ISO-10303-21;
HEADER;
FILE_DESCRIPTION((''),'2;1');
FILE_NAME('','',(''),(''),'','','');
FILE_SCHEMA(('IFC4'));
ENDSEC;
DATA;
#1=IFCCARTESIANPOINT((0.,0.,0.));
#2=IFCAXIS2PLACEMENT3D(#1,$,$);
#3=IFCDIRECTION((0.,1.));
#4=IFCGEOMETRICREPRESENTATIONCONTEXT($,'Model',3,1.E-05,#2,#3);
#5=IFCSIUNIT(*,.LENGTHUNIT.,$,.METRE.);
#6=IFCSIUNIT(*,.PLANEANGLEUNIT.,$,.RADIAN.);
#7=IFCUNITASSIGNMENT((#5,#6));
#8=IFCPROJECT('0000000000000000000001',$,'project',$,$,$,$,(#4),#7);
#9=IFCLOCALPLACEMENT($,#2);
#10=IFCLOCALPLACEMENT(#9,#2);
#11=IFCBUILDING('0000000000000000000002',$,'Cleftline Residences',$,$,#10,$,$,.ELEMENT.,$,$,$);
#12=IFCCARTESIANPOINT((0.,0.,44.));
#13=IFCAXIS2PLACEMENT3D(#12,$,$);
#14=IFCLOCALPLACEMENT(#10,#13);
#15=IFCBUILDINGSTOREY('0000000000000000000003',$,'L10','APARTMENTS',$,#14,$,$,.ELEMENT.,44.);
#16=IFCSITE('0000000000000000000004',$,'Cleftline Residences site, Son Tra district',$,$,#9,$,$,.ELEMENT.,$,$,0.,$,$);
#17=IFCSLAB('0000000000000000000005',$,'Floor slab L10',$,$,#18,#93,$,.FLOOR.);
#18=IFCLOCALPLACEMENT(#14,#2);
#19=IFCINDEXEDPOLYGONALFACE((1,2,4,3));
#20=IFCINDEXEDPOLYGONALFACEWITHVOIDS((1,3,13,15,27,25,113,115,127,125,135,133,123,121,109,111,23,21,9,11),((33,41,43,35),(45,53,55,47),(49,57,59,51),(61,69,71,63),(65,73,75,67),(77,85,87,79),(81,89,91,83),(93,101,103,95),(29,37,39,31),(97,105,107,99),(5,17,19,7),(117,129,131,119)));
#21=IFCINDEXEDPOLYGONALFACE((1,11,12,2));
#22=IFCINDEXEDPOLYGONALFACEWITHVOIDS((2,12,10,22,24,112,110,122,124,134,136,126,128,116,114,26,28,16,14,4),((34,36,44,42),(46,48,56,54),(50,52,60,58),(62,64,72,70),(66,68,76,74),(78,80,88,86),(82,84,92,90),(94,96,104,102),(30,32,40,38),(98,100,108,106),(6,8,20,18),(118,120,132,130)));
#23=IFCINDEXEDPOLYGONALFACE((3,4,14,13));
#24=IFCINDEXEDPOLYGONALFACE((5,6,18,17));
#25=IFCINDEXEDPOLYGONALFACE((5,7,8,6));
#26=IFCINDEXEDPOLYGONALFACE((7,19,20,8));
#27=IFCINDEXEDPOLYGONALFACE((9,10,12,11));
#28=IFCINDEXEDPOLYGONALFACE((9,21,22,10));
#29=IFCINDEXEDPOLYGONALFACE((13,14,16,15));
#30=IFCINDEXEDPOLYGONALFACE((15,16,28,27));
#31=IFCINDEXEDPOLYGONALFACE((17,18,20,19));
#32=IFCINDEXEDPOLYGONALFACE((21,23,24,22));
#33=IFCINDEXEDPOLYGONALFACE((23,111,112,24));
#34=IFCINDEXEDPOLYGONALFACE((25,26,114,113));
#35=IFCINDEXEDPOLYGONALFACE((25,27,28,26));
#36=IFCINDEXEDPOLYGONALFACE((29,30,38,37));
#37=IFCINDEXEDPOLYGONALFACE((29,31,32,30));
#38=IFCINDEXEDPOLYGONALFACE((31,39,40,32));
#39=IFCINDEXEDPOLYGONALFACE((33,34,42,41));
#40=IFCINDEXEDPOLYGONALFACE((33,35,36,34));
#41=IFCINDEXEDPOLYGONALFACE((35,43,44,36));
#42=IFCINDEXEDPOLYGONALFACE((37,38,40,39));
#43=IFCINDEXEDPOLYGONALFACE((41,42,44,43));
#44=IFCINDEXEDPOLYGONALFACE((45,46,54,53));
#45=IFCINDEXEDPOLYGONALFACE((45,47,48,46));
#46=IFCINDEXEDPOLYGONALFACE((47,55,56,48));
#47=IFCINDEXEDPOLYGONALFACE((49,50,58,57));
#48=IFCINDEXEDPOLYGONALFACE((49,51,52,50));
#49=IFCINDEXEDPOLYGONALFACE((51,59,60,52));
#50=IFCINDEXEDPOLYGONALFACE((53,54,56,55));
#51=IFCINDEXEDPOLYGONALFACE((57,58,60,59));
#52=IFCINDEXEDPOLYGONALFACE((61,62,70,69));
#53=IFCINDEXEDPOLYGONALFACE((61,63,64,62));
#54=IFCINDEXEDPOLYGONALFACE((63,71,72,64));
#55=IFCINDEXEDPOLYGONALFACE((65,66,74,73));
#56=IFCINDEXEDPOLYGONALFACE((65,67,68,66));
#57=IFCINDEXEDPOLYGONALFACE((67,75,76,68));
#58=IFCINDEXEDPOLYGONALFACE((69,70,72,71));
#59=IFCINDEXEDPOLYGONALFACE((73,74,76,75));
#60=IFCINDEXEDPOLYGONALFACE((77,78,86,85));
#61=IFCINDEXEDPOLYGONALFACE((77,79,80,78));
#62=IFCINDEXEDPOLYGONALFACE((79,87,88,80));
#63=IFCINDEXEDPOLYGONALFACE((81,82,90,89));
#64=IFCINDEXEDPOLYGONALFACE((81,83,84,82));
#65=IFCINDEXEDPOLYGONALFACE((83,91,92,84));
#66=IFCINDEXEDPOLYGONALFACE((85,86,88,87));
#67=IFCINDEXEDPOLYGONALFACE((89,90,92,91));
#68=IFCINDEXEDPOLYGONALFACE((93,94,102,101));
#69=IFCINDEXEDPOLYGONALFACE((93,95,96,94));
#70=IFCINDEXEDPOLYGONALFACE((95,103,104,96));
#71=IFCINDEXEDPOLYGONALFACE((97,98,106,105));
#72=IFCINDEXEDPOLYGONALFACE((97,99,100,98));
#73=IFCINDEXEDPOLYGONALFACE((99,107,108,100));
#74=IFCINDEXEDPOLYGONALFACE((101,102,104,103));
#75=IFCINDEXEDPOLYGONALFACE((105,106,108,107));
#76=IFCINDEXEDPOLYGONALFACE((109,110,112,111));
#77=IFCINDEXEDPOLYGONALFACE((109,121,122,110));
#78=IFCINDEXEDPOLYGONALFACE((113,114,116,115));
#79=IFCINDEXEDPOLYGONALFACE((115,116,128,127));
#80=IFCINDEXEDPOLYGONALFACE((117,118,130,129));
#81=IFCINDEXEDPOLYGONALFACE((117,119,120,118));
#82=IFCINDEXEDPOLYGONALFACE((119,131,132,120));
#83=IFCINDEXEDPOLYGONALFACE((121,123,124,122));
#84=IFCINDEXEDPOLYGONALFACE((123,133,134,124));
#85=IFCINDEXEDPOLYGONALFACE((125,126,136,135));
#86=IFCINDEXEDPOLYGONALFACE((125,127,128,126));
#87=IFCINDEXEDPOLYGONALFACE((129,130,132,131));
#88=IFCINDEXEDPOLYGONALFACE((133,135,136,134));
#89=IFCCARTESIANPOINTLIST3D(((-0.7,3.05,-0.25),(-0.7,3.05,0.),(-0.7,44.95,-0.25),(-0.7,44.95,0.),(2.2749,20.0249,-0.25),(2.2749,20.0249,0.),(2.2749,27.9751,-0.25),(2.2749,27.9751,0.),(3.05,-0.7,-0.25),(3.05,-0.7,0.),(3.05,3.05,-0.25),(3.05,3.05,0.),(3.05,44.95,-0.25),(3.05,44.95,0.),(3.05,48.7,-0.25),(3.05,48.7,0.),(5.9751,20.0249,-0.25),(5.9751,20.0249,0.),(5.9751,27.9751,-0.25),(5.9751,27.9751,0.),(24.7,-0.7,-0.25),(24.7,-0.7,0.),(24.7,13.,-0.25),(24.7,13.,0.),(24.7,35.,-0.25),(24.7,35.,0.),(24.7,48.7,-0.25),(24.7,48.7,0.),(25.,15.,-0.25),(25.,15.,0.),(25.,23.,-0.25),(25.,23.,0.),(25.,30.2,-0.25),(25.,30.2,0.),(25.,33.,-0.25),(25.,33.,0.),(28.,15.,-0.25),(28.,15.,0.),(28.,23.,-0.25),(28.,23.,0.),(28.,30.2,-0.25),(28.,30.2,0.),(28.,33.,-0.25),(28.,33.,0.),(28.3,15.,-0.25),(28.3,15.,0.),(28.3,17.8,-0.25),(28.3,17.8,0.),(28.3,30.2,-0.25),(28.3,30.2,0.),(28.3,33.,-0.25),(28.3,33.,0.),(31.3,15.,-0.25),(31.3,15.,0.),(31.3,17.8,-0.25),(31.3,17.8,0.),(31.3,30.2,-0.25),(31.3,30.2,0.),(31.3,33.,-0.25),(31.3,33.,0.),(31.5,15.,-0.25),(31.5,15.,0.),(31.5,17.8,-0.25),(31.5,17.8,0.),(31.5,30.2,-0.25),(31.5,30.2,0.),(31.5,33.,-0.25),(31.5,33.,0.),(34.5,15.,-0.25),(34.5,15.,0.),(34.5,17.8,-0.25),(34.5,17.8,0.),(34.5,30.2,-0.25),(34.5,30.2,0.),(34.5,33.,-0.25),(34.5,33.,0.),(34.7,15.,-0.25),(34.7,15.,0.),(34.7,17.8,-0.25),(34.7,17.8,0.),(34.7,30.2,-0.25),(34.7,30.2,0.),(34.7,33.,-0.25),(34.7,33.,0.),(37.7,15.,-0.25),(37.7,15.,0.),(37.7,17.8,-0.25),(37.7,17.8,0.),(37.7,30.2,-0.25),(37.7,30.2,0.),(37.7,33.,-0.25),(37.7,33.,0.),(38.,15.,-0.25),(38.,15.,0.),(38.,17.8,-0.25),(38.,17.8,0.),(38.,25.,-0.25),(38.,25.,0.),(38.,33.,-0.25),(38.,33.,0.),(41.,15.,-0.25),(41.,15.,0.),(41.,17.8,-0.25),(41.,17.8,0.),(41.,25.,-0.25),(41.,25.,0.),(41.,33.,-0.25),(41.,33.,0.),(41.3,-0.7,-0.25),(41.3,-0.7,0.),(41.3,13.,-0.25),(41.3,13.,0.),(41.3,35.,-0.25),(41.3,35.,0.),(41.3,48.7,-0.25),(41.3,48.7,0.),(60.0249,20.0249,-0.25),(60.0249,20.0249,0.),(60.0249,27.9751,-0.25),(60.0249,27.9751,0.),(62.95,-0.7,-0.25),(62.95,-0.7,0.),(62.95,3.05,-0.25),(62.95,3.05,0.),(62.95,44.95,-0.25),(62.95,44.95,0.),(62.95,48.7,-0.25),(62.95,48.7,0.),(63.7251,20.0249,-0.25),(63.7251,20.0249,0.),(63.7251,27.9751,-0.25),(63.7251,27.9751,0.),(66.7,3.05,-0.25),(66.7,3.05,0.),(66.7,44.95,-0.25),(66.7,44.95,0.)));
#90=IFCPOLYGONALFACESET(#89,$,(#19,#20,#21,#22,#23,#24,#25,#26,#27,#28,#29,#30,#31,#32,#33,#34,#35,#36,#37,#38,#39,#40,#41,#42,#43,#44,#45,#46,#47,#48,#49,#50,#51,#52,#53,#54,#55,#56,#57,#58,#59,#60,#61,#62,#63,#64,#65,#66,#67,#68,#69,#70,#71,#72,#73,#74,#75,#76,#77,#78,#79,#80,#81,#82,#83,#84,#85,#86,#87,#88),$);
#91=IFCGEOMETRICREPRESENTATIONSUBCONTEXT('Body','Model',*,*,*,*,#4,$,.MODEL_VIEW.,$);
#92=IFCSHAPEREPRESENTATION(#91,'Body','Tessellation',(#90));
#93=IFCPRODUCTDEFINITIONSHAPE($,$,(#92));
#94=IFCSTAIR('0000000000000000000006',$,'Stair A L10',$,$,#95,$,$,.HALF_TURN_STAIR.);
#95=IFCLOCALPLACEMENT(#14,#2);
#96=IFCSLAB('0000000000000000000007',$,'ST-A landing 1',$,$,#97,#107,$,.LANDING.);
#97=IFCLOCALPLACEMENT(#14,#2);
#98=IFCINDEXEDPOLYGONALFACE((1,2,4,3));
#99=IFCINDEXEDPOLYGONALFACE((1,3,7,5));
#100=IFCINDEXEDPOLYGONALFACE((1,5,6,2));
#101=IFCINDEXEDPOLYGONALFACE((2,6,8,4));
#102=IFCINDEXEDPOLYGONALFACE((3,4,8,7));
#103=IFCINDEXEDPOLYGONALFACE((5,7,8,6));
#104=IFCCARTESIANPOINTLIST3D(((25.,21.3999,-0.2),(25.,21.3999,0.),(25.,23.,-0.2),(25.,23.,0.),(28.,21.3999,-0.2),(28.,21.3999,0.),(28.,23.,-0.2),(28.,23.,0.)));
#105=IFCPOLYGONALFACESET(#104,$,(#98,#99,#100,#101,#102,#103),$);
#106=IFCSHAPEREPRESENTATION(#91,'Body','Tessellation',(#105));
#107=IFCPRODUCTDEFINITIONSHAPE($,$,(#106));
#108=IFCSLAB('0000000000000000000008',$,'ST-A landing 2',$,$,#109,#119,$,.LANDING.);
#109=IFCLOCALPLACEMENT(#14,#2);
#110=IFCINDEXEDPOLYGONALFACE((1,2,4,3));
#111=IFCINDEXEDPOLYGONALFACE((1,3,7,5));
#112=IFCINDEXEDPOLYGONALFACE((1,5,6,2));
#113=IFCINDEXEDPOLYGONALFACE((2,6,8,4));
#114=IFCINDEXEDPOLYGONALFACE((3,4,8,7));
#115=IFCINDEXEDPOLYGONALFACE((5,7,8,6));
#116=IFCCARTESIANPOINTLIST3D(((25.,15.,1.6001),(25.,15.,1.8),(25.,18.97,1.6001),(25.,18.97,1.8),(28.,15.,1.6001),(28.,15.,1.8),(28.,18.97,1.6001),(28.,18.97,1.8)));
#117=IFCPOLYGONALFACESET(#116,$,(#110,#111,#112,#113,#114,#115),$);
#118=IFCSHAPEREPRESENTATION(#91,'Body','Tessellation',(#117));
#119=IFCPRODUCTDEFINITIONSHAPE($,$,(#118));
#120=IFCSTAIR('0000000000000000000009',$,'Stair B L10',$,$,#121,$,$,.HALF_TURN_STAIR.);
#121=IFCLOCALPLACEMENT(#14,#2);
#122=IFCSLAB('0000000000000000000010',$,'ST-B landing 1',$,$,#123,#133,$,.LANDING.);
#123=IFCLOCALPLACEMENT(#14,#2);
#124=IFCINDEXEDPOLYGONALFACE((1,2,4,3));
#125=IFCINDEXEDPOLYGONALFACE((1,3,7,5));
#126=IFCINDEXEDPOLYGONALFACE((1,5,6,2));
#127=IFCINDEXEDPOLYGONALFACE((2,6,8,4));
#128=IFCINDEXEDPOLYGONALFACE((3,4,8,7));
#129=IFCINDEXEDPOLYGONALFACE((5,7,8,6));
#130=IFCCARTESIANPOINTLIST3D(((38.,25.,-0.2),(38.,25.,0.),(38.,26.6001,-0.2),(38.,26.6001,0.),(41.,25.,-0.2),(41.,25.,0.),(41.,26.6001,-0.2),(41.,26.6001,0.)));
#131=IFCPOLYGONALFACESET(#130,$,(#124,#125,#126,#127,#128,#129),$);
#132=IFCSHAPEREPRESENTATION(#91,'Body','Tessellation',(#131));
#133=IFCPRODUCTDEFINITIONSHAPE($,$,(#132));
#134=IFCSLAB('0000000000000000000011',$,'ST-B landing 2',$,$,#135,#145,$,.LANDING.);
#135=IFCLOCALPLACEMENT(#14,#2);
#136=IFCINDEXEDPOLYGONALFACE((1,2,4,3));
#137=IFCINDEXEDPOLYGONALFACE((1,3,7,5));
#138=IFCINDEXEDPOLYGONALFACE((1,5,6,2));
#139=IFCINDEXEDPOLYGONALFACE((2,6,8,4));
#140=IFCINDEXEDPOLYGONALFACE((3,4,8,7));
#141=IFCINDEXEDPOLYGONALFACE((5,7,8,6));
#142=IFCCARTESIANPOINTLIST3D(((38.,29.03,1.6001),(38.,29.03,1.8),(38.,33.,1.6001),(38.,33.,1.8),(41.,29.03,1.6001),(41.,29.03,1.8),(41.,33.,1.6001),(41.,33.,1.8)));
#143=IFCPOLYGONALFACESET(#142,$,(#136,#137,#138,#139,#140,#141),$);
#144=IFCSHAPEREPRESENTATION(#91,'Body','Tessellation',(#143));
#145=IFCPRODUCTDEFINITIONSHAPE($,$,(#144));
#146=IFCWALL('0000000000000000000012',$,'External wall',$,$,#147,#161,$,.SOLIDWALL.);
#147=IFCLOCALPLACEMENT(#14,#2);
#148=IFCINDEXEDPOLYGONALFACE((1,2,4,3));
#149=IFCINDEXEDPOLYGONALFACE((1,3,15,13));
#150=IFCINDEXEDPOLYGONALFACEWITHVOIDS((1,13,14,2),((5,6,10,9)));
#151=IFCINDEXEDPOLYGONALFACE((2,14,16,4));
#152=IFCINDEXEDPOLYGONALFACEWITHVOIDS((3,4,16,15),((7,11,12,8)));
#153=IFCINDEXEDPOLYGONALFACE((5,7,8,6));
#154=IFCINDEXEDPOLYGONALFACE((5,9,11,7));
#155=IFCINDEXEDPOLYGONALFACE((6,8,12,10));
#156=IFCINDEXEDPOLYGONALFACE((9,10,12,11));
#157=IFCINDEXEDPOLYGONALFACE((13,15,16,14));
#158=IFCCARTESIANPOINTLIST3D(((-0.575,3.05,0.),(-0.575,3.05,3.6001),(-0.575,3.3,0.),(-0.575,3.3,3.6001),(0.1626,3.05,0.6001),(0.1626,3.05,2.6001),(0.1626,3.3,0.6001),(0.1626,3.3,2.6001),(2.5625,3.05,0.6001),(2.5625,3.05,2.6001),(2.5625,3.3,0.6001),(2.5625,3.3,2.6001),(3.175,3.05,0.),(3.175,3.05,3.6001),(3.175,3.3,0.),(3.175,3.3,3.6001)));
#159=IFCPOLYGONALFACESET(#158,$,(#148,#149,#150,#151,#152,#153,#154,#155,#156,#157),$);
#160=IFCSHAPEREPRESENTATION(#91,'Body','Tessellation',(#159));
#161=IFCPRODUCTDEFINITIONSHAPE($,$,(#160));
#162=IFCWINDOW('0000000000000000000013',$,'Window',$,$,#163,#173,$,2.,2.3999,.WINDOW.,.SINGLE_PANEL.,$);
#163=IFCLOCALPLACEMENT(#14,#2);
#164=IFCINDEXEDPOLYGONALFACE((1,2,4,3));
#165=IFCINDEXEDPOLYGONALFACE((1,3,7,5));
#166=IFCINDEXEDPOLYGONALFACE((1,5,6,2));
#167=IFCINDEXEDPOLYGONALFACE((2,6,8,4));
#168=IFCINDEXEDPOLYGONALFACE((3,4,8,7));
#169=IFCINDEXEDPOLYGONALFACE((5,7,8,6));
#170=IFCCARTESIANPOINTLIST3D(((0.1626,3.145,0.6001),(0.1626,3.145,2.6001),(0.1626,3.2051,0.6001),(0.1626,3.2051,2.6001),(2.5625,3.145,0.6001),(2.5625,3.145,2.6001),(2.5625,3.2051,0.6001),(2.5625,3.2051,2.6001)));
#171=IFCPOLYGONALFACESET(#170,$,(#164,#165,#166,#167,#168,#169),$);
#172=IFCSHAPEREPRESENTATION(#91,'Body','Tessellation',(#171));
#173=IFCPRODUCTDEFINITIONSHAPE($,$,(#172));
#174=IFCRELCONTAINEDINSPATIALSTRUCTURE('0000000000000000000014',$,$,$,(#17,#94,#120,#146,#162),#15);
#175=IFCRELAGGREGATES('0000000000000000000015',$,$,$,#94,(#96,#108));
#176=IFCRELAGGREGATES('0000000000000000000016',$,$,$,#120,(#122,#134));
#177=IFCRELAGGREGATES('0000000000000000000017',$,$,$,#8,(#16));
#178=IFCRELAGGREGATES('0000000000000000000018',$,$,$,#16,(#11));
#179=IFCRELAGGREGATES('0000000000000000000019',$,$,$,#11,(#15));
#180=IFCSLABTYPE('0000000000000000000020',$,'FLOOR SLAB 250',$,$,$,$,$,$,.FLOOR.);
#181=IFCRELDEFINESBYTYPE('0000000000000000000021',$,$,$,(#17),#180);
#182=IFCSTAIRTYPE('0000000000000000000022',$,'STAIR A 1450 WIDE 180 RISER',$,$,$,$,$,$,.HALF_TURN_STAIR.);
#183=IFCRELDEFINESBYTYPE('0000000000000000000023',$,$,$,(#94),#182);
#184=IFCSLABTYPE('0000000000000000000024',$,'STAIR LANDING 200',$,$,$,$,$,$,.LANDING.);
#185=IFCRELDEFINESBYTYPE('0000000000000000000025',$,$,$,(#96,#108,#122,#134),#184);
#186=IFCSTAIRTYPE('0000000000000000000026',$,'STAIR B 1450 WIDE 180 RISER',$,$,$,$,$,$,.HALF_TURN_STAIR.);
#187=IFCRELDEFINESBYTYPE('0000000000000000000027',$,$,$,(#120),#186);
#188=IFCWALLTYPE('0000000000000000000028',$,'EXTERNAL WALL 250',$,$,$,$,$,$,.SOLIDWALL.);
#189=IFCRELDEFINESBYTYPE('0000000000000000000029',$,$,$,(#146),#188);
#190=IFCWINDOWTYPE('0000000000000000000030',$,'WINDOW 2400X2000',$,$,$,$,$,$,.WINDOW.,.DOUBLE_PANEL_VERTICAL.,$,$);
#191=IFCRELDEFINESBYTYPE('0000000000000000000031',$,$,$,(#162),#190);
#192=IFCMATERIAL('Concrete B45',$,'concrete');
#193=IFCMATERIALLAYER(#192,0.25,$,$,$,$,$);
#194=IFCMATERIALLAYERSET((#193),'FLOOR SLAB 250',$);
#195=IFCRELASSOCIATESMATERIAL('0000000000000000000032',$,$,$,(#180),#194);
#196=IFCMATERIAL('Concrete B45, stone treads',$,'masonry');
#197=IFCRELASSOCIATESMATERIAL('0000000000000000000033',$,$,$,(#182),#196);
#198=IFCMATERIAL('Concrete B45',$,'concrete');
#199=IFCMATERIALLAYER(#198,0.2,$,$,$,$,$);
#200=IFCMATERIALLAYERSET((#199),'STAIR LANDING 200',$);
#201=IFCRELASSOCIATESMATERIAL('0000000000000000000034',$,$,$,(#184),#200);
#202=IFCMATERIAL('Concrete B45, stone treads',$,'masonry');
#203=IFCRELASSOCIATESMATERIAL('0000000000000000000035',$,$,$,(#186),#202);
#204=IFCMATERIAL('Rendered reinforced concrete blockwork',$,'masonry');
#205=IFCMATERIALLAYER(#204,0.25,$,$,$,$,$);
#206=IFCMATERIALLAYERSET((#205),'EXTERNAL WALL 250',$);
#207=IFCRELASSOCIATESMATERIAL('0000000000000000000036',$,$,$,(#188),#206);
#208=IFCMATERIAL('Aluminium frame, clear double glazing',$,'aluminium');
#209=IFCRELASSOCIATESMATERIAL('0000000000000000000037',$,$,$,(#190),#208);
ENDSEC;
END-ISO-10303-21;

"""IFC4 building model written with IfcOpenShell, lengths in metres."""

from ifc_helpers import new_model, si_unit, direction, frame, frame_2d, origin, place, context, subcontext, project, spatial, polyline, rectangle, outline, extrude, material, layer, layer_set, type_object, element, fill, aggregate, save


model = new_model("IFC4")

# Units and contexts
model_context = context("Model", 3, precision=1e-05, world=origin(), true_north=direction((0.0, 1.0)))
body_context = subcontext(model_context, "Body", "Model", "MODEL_VIEW")
ifc_project = project(units=[si_unit("LENGTHUNIT", "METRE"), si_unit("PLANEANGLEUNIT", "RADIAN")], contexts=[model_context])

# Site, building, storey
site_placement = place(None, origin())
site = spatial("IfcSite", under=ifc_project, at=site_placement, Name="Cleftline Residences site, Son Tra district", CompositionType="ELEMENT", RefElevation=0.0)
building_placement = place(site_placement, origin())
building = spatial("IfcBuilding", under=site, at=building_placement, Name="Cleftline Residences", CompositionType="ELEMENT")
storey_placement = place(building_placement, frame((0.0, 0.0, 44.0)))
storey = spatial("IfcBuildingStorey", under=building, at=storey_placement, Name="L10", Description="APARTMENTS", CompositionType="ELEMENT", Elevation=44.0)

# Slab
ifc_material_1 = material(Name="Concrete B45", Category="concrete")
ifc_layer_1 = layer(ifc_material_1, 0.25)
ifc_layer_set_1 = layer_set([ifc_layer_1], Name="FLOOR SLAB 250")
slab_type_1 = type_object("IfcSlabType", Name="FLOOR SLAB 250", PredefinedType="FLOOR", material=ifc_layer_set_1)
slab_1_placement = place(storey_placement, frame((0.0, 0.0, -0.25)))
element("IfcSlab", 1, at=slab_1_placement, inside=storey, type_object=slab_type_1, Name="Floor slab L10", PredefinedType="FLOOR", context=body_context, shape_type="SweptSolid", body=[
    extrude(outline(polyline([(24.7, 13.0), (41.3, 13.0), (41.3, -0.7), (62.95, -0.7), (62.95, 3.05), (66.7, 3.05), (66.7, 44.95), (62.95, 44.95), (62.95, 48.7), (41.3, 48.7), (41.3, 35.0), (24.7, 35.0), (24.7, 48.7), (3.05, 48.7), (3.05, 44.95), (-0.7, 44.95), (-0.7, 3.05), (3.05, 3.05), (3.05, -0.7), (24.7, -0.7), (24.7, 13.0)]), holes=[polyline([(28.0, 15.0), (28.0, 23.0), (25.0, 23.0), (25.0, 15.0), (28.0, 15.0)]), polyline([(41.0, 25.0), (41.0, 33.0), (38.0, 33.0), (38.0, 25.0), (41.0, 25.0)]), polyline([(28.0, 30.2), (28.0, 33.0), (25.0, 33.0), (25.0, 30.2), (28.0, 30.2)]), polyline([(41.0, 15.0), (41.0, 17.8), (38.0, 17.8), (38.0, 15.0), (41.0, 15.0)]), polyline([(31.3, 15.0), (31.3, 17.8), (28.3, 17.8), (28.3, 15.0), (31.3, 15.0)]), polyline([(34.5, 15.0), (34.5, 17.8), (31.5, 17.8), (31.5, 15.0), (34.5, 15.0)]), polyline([(37.7, 15.0), (37.7, 17.8), (34.7, 17.8), (34.7, 15.0), (37.7, 15.0)]), polyline([(31.3, 30.2), (31.3, 33.0), (28.3, 33.0), (28.3, 30.2), (31.3, 30.2)]), polyline([(34.5, 30.2), (34.5, 33.0), (31.5, 33.0), (31.5, 30.2), (34.5, 30.2)]), polyline([(37.7, 30.2), (37.7, 33.0), (34.7, 33.0), (34.7, 30.2), (37.7, 30.2)]), polyline([(63.7251, 20.0249), (63.7251, 27.9751), (60.0249, 27.9751), (60.0249, 20.0249), (63.7251, 20.0249)]), polyline([(5.9751, 20.0249), (5.9751, 27.9751), (2.2749, 27.9751), (2.2749, 20.0249), (5.9751, 20.0249)])]), origin(), (0.0, 0.0, 1.0), 0.25),
])

# Stairs, slabs
ifc_material_2 = material(Name="Concrete B45, stone treads", Category="masonry")
stair_type_1 = type_object("IfcStairType", Name="STAIR A 1450 WIDE 180 RISER", PredefinedType="HALF_TURN_STAIR", material=ifc_material_2)
stair_1_placement = place(storey_placement, origin())
stair_1 = element("IfcStair", 2, at=stair_1_placement, inside=storey, type_object=stair_type_1, Name="Stair A L10", PredefinedType="HALF_TURN_STAIR")
ifc_material_3 = material(Name="Concrete B45", Category="concrete")
ifc_layer_2 = layer(ifc_material_3, 0.2)
ifc_layer_set_2 = layer_set([ifc_layer_2], Name="STAIR LANDING 200")
slab_type_2 = type_object("IfcSlabType", Name="STAIR LANDING 200", PredefinedType="LANDING", material=ifc_layer_set_2)
slab_2_placement = place(storey_placement, frame((0.0, 0.0, -0.2)))
slab_2 = element("IfcSlab", 3, at=slab_2_placement, type_object=slab_type_2, Name="ST-A landing 1", PredefinedType="LANDING", context=body_context, shape_type="SweptSolid", body=[
    extrude(outline(polyline([(25.0, 21.3999), (28.0, 21.3999), (28.0, 23.0), (25.0, 23.0), (25.0, 21.3999)])), origin(), (0.0, 0.0, 1.0), 0.2),
])
slab_3_placement = place(storey_placement, frame((0.0, 0.0, 1.6001)))
slab_3 = element("IfcSlab", 4, at=slab_3_placement, type_object=slab_type_2, Name="ST-A landing 2", PredefinedType="LANDING", context=body_context, shape_type="SweptSolid", body=[
    extrude(outline(polyline([(25.0, 15.0), (28.0, 15.0), (28.0, 18.97), (25.0, 18.97), (25.0, 15.0)])), origin(), (0.0, 0.0, 1.0), 0.2),
])
aggregate(stair_1, [slab_2, slab_3])
ifc_material_4 = material(Name="Concrete B45, stone treads", Category="masonry")
stair_type_2 = type_object("IfcStairType", Name="STAIR B 1450 WIDE 180 RISER", PredefinedType="HALF_TURN_STAIR", material=ifc_material_4)
stair_2_placement = place(storey_placement, origin())
stair_2 = element("IfcStair", 5, at=stair_2_placement, inside=storey, type_object=stair_type_2, Name="Stair B L10", PredefinedType="HALF_TURN_STAIR")
slab_4_placement = place(storey_placement, frame((0.0, 0.0, -0.2)))
slab_4 = element("IfcSlab", 6, at=slab_4_placement, type_object=slab_type_2, Name="ST-B landing 1", PredefinedType="LANDING", context=body_context, shape_type="SweptSolid", body=[
    extrude(outline(polyline([(38.0, 25.0), (41.0, 25.0), (41.0, 26.6001), (38.0, 26.6001), (38.0, 25.0)])), origin(), (0.0, 0.0, 1.0), 0.2),
])
slab_5_placement = place(storey_placement, frame((0.0, 0.0, 1.6001)))
slab_5 = element("IfcSlab", 7, at=slab_5_placement, type_object=slab_type_2, Name="ST-B landing 2", PredefinedType="LANDING", context=body_context, shape_type="SweptSolid", body=[
    extrude(outline(polyline([(38.0, 29.03), (41.0, 29.03), (41.0, 33.0), (38.0, 33.0), (38.0, 29.03)])), origin(), (0.0, 0.0, 1.0), 0.2),
])
aggregate(stair_2, [slab_4, slab_5])

# Wall, opening, window
ifc_material_5 = material(Name="Rendered reinforced concrete blockwork", Category="masonry")
ifc_layer_3 = layer(ifc_material_5, 0.25)
ifc_layer_set_3 = layer_set([ifc_layer_3], Name="EXTERNAL WALL 250")
wall_type = type_object("IfcWallType", Name="EXTERNAL WALL 250", PredefinedType="SOLIDWALL", material=ifc_layer_set_3)
wall_placement = place(storey_placement, frame((-0.575, 3.175, 0.0), z_axis=(0.0, 0.0, 1.0), x_axis=(1.0, 0.0, 0.0)))
wall = element("IfcWall", 8, at=wall_placement, inside=storey, type_object=wall_type, Name="External wall", PredefinedType="SOLIDWALL", context=body_context, shape_type="SweptSolid", body=[
    extrude(rectangle(XDim=3.75, YDim=0.25, at=frame_2d((1.875, 0.0))), origin(), (0.0, 0.0, 1.0), 3.6001),
])
opening_placement = place(wall_placement, frame((0.7375, 0.0, 0.6001)))
opening = element("IfcOpeningElement", 9, at=opening_placement, cuts=wall, PredefinedType="OPENING", context=body_context, shape_type="SweptSolid", body=[
    extrude(rectangle(XDim=2.3999, YDim=2.0, at=frame_2d((1.2, 1.0))), frame((0.0, 0.135, 0.0), z_axis=(0.0, -1.0, 0.0), x_axis=(1.0, 0.0, 0.0)), (0.0, 0.0, 1.0), 0.27),
])
ifc_material_6 = material(Name="Aluminium frame, clear double glazing", Category="aluminium")
window_type = type_object("IfcWindowType", Name="WINDOW 2400X2000", PartitioningType="DOUBLE_PANEL_VERTICAL", PredefinedType="WINDOW", material=ifc_material_6)
window_placement = place(opening_placement, origin())
window = element("IfcWindow", 10, at=window_placement, inside=storey, type_object=window_type, Name="Window", OverallHeight=2.0, OverallWidth=2.3999, PartitioningType="SINGLE_PANEL", PredefinedType="WINDOW", context=body_context, shape_type="SweptSolid", body=[
    extrude(rectangle(XDim=2.3999, YDim=2.0, at=frame_2d((1.2, 1.0))), frame((0.0, 0.03, 0.0), z_axis=(0.0, -1.0, 0.0), x_axis=(1.0, 0.0, 0.0)), (0.0, 0.0, 1.0), 0.0601),
])
fill(opening, window)

save(model, "model.ifc")
